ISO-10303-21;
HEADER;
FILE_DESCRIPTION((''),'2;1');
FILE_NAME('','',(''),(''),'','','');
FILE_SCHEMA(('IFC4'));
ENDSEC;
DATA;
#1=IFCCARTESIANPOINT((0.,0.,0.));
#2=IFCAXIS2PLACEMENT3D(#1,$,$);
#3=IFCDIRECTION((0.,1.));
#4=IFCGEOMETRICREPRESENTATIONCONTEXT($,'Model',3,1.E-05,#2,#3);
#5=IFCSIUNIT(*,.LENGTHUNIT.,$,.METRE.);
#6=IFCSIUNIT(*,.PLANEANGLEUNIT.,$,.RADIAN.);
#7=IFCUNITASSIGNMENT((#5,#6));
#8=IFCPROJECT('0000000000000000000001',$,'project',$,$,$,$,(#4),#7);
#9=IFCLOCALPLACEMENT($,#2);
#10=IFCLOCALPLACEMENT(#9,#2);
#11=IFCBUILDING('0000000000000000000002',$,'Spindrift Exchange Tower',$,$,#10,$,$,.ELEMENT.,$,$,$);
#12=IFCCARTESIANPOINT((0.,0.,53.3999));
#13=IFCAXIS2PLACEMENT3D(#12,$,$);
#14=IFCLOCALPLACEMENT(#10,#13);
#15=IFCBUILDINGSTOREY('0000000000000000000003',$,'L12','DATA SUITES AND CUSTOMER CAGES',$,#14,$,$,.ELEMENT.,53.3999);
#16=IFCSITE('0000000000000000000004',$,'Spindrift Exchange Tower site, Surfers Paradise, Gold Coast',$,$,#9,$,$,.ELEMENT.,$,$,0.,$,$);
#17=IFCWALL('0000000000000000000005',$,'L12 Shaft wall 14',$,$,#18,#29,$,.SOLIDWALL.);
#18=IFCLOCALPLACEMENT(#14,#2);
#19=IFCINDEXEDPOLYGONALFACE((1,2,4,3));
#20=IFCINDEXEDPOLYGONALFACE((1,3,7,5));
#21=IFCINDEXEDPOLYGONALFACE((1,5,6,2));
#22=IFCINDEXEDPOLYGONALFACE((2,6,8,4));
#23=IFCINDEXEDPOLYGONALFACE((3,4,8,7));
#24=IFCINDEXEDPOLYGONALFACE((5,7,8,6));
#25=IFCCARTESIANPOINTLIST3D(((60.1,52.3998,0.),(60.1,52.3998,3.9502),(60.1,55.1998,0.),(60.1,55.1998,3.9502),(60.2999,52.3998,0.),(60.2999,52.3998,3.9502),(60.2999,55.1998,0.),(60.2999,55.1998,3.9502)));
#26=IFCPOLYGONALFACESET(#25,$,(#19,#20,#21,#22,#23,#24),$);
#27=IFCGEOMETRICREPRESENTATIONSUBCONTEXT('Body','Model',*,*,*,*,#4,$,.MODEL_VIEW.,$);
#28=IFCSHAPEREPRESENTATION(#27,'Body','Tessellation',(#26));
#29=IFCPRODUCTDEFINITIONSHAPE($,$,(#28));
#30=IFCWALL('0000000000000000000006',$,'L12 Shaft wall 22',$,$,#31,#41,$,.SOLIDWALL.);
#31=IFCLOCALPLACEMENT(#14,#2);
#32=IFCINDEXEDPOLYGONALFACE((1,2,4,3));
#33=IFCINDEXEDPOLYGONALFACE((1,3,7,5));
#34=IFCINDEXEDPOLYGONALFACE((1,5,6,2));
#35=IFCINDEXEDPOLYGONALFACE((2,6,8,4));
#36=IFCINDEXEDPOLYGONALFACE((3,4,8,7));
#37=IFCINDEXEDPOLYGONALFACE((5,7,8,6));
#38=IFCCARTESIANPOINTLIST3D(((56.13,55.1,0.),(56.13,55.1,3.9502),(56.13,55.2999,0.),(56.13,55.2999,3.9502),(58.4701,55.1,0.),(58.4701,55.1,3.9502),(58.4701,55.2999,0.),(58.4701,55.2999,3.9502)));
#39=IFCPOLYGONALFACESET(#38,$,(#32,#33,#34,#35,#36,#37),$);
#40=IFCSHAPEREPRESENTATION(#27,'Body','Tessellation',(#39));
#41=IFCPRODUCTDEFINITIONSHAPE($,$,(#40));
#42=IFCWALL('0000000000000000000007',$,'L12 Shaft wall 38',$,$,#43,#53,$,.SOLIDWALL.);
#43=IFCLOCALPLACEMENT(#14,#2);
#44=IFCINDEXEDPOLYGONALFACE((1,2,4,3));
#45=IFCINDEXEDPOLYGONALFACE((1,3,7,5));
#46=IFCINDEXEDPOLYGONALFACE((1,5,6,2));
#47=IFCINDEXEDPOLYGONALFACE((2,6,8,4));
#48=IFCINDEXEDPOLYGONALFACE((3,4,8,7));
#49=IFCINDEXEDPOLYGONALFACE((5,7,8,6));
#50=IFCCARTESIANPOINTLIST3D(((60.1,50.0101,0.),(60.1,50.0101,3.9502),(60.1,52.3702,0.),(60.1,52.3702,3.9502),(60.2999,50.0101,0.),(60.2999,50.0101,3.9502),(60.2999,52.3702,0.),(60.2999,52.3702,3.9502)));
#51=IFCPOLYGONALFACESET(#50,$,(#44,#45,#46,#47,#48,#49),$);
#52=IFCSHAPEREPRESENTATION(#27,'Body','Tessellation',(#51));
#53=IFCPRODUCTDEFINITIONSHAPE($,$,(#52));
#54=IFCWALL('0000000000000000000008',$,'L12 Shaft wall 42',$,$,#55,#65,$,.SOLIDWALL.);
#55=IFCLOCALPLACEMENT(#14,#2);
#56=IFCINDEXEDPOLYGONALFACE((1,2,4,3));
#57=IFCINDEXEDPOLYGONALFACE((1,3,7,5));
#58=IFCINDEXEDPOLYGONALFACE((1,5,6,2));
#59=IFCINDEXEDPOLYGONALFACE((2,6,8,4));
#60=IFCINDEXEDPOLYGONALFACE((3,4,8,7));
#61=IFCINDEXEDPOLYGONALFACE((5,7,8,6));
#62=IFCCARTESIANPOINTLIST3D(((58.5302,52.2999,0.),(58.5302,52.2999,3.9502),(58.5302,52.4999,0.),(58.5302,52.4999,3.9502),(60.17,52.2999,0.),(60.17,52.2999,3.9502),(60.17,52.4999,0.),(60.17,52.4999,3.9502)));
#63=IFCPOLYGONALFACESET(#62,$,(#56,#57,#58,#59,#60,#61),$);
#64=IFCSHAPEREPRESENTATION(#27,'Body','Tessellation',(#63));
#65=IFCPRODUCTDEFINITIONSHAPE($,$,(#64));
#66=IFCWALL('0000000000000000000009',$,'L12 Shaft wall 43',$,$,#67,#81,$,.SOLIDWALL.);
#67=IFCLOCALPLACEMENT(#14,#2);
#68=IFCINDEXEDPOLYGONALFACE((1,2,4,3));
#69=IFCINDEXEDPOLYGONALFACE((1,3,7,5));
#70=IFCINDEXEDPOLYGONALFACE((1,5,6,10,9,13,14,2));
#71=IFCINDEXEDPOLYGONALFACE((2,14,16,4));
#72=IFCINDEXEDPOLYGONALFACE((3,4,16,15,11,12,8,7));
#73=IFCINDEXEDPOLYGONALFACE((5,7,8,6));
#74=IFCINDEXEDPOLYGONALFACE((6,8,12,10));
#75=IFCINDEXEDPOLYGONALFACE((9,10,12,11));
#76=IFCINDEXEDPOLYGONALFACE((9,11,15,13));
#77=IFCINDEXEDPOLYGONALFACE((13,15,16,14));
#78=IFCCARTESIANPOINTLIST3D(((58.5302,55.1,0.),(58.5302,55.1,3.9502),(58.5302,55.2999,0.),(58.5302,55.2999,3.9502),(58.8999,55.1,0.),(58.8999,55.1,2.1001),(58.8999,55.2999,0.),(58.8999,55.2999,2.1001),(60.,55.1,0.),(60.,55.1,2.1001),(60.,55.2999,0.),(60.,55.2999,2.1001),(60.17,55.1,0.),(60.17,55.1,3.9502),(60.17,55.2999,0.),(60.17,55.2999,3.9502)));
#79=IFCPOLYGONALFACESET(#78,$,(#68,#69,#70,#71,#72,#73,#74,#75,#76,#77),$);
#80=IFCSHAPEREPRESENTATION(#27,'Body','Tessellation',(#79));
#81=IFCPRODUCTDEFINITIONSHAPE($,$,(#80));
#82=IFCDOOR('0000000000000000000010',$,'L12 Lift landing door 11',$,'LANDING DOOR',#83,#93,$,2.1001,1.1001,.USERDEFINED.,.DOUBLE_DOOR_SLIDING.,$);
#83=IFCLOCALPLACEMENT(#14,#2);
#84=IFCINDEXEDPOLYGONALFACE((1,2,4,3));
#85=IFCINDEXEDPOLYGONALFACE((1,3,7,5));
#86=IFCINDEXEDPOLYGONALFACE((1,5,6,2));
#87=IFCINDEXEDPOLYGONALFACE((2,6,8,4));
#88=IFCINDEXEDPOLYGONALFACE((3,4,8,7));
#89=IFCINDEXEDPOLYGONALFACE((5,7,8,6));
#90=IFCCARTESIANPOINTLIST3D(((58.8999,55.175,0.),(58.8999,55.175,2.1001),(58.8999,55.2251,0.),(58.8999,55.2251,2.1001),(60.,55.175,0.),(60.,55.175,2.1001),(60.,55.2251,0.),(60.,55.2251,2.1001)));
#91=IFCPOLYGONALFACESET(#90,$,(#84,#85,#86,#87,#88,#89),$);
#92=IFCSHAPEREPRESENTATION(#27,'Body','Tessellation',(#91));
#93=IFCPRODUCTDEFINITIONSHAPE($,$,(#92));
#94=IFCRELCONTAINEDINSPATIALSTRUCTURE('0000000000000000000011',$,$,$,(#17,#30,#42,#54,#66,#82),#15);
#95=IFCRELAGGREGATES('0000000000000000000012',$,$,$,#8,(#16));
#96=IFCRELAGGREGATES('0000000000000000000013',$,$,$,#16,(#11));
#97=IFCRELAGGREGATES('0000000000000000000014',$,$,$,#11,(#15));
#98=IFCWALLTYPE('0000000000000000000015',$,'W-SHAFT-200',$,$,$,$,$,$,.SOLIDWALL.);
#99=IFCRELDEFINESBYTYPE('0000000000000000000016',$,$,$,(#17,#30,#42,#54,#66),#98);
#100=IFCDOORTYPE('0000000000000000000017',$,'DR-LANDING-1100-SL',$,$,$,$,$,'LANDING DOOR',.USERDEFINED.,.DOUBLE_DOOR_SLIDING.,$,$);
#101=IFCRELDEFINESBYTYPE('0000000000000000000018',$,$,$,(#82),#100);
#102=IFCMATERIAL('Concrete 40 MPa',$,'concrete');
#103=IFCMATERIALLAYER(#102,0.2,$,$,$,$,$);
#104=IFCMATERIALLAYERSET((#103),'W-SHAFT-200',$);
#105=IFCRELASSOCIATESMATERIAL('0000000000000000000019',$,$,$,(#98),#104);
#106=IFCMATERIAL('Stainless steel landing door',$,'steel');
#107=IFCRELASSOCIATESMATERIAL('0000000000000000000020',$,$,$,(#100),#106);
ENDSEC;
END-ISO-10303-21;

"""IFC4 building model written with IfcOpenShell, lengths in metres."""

from ifc_helpers import new_model, si_unit, direction, frame, frame_2d, origin, place, context, subcontext, project, spatial, rectangle, extrude, source, transform, mapped, material, layer, layer_set, type_object, element, fill, save


model = new_model("IFC4")

# Units and contexts
model_context = context("Model", 3, precision=1e-05, world=origin(), true_north=direction((0.0, 1.0)))
body_context = subcontext(model_context, "Body", "Model", "MODEL_VIEW")
ifc_project = project(units=[si_unit("LENGTHUNIT", "METRE"), si_unit("PLANEANGLEUNIT", "RADIAN")], contexts=[model_context])

# Site, building, storey
site_placement = place(None, origin())
site = spatial("IfcSite", under=ifc_project, at=site_placement, Name="Spindrift Exchange Tower site, Surfers Paradise, Gold Coast", CompositionType="ELEMENT", RefElevation=0.0)
building_placement = place(site_placement, origin())
building = spatial("IfcBuilding", under=site, at=building_placement, Name="Spindrift Exchange Tower", CompositionType="ELEMENT")
storey_placement = place(building_placement, frame((0.0, 0.0, 53.3999)))
storey = spatial("IfcBuildingStorey", under=building, at=storey_placement, Name="L12", Description="DATA SUITES AND CUSTOMER CAGES", CompositionType="ELEMENT", Elevation=53.3999)

# Walls
ifc_material_1 = material(Name="Concrete 40 MPa", Category="concrete")
ifc_layer_1 = layer(ifc_material_1, 0.2)
ifc_layer_set_1 = layer_set([ifc_layer_1], Name="W-SHAFT-200")
wall_type_1 = type_object("IfcWallType", Name="W-SHAFT-200", PredefinedType="SOLIDWALL", material=ifc_layer_set_1)
for number, where, z_axis, x_axis, name in (
    (1, (60.2, 52.3999, 0.0), (0.0, 0.0, 1.0), (0.0, 1.0, 0.0), "L12 Shaft wall 14"),
):
    element("IfcWall", number, at=place(storey_placement, frame(where, z_axis=z_axis, x_axis=x_axis)), inside=storey, type_object=wall_type_1, Name=name, PredefinedType="SOLIDWALL", context=body_context, shape_type="SweptSolid", body=[
        extrude(rectangle(XDim=2.8, YDim=0.2, at=frame_2d((1.3999, 0.0))), origin(), (0.0, 0.0, 1.0), 3.9502),
    ])
wall_1_placement = place(storey_placement, frame((58.47, 55.2, 0.0), z_axis=(0.0, 0.0, 1.0), x_axis=(-1.0, 0.0, 0.0)))
element("IfcWall", 2, at=wall_1_placement, inside=storey, type_object=wall_type_1, Name="L12 Shaft wall 22", PredefinedType="SOLIDWALL", context=body_context, shape_type="SweptSolid", body=[
    extrude(rectangle(XDim=2.3401, YDim=0.2, at=frame_2d((1.1699, 0.0))), origin(), (0.0, 0.0, 1.0), 3.9502),
])
wall_2_placement = place(storey_placement, frame((60.2, 50.01, 0.0), z_axis=(0.0, 0.0, 1.0), x_axis=(0.0, 1.0, 0.0)))
element("IfcWall", 3, at=wall_2_placement, inside=storey, type_object=wall_type_1, Name="L12 Shaft wall 38", PredefinedType="SOLIDWALL", context=body_context, shape_type="SweptSolid", body=[
    extrude(rectangle(XDim=2.3601, YDim=0.2, at=frame_2d((1.1802, 0.0))), origin(), (0.0, 0.0, 1.0), 3.9502),
])
wall_3_placement = place(storey_placement, frame((60.1699, 52.3999, 0.0), z_axis=(0.0, 0.0, 1.0), x_axis=(-1.0, 0.0, 0.0)))
element("IfcWall", 4, at=wall_3_placement, inside=storey, type_object=wall_type_1, Name="L12 Shaft wall 42", PredefinedType="SOLIDWALL", context=body_context, shape_type="SweptSolid", body=[
    extrude(rectangle(XDim=1.6399, YDim=0.2, at=frame_2d((0.8198, 0.0))), origin(), (0.0, 0.0, 1.0), 3.9502),
])

# Wall, opening, door
wall_4_placement = place(storey_placement, frame((60.1699, 55.2, 0.0), z_axis=(0.0, 0.0, 1.0), x_axis=(-1.0, 0.0, 0.0)))
wall_4 = element("IfcWall", 5, at=wall_4_placement, inside=storey, type_object=wall_type_1, Name="L12 Shaft wall 43", PredefinedType="SOLIDWALL", context=body_context, shape_type="SweptSolid", body=[
    extrude(rectangle(XDim=1.6399, YDim=0.2, at=frame_2d((0.8198, 0.0))), origin(), (0.0, 0.0, 1.0), 3.9502),
])
opening_1_placement = place(wall_4_placement, frame((0.1699, 0.0, 0.0)))
opening_1 = element("IfcOpeningElement", 6, at=opening_1_placement, cuts=wall_4, PredefinedType="OPENING", context=body_context, shape_type="SweptSolid", body=[
    extrude(rectangle(XDim=1.1001, YDim=2.1001, at=frame_2d((0.55, 1.05))), frame((0.0, 0.1099, 0.0), z_axis=(0.0, -1.0, 0.0), x_axis=(1.0, 0.0, 0.0)), (0.0, 0.0, 1.0), 0.22),
])
ifc_material_2 = material(Name="Stainless steel landing door", Category="steel")
door_type_1 = type_object("IfcDoorType", Name="DR-LANDING-1100-SL", ElementType="LANDING DOOR", OperationType="DOUBLE_DOOR_SLIDING", PredefinedType="USERDEFINED", material=ifc_material_2)
shared_shape_1 = source(origin(), body_context, "Body", "SweptSolid", [
    extrude(rectangle(XDim=1.1001, YDim=2.1001, at=frame_2d((0.55, 1.05))), frame((0.0, 0.0249, 0.0), z_axis=(0.0, -1.0, 0.0), x_axis=(1.0, 0.0, 0.0)), (0.0, 0.0, 1.0), 0.05),
])
door_1_placement = place(opening_1_placement, origin())
door_1 = element("IfcDoor", 7, at=door_1_placement, inside=storey, type_object=door_type_1, Name="L12 Lift landing door 11", ObjectType="LANDING DOOR", OperationType="DOUBLE_DOOR_SLIDING", OverallHeight=2.1001, OverallWidth=1.1001, PredefinedType="USERDEFINED", context=body_context, shape_type="MappedRepresentation", body=[
    mapped(shared_shape_1, transform((0.0, 0.0, 0.0), scale=1.0)),
])
fill(opening_1, door_1)

save(model, "model.ifc")
